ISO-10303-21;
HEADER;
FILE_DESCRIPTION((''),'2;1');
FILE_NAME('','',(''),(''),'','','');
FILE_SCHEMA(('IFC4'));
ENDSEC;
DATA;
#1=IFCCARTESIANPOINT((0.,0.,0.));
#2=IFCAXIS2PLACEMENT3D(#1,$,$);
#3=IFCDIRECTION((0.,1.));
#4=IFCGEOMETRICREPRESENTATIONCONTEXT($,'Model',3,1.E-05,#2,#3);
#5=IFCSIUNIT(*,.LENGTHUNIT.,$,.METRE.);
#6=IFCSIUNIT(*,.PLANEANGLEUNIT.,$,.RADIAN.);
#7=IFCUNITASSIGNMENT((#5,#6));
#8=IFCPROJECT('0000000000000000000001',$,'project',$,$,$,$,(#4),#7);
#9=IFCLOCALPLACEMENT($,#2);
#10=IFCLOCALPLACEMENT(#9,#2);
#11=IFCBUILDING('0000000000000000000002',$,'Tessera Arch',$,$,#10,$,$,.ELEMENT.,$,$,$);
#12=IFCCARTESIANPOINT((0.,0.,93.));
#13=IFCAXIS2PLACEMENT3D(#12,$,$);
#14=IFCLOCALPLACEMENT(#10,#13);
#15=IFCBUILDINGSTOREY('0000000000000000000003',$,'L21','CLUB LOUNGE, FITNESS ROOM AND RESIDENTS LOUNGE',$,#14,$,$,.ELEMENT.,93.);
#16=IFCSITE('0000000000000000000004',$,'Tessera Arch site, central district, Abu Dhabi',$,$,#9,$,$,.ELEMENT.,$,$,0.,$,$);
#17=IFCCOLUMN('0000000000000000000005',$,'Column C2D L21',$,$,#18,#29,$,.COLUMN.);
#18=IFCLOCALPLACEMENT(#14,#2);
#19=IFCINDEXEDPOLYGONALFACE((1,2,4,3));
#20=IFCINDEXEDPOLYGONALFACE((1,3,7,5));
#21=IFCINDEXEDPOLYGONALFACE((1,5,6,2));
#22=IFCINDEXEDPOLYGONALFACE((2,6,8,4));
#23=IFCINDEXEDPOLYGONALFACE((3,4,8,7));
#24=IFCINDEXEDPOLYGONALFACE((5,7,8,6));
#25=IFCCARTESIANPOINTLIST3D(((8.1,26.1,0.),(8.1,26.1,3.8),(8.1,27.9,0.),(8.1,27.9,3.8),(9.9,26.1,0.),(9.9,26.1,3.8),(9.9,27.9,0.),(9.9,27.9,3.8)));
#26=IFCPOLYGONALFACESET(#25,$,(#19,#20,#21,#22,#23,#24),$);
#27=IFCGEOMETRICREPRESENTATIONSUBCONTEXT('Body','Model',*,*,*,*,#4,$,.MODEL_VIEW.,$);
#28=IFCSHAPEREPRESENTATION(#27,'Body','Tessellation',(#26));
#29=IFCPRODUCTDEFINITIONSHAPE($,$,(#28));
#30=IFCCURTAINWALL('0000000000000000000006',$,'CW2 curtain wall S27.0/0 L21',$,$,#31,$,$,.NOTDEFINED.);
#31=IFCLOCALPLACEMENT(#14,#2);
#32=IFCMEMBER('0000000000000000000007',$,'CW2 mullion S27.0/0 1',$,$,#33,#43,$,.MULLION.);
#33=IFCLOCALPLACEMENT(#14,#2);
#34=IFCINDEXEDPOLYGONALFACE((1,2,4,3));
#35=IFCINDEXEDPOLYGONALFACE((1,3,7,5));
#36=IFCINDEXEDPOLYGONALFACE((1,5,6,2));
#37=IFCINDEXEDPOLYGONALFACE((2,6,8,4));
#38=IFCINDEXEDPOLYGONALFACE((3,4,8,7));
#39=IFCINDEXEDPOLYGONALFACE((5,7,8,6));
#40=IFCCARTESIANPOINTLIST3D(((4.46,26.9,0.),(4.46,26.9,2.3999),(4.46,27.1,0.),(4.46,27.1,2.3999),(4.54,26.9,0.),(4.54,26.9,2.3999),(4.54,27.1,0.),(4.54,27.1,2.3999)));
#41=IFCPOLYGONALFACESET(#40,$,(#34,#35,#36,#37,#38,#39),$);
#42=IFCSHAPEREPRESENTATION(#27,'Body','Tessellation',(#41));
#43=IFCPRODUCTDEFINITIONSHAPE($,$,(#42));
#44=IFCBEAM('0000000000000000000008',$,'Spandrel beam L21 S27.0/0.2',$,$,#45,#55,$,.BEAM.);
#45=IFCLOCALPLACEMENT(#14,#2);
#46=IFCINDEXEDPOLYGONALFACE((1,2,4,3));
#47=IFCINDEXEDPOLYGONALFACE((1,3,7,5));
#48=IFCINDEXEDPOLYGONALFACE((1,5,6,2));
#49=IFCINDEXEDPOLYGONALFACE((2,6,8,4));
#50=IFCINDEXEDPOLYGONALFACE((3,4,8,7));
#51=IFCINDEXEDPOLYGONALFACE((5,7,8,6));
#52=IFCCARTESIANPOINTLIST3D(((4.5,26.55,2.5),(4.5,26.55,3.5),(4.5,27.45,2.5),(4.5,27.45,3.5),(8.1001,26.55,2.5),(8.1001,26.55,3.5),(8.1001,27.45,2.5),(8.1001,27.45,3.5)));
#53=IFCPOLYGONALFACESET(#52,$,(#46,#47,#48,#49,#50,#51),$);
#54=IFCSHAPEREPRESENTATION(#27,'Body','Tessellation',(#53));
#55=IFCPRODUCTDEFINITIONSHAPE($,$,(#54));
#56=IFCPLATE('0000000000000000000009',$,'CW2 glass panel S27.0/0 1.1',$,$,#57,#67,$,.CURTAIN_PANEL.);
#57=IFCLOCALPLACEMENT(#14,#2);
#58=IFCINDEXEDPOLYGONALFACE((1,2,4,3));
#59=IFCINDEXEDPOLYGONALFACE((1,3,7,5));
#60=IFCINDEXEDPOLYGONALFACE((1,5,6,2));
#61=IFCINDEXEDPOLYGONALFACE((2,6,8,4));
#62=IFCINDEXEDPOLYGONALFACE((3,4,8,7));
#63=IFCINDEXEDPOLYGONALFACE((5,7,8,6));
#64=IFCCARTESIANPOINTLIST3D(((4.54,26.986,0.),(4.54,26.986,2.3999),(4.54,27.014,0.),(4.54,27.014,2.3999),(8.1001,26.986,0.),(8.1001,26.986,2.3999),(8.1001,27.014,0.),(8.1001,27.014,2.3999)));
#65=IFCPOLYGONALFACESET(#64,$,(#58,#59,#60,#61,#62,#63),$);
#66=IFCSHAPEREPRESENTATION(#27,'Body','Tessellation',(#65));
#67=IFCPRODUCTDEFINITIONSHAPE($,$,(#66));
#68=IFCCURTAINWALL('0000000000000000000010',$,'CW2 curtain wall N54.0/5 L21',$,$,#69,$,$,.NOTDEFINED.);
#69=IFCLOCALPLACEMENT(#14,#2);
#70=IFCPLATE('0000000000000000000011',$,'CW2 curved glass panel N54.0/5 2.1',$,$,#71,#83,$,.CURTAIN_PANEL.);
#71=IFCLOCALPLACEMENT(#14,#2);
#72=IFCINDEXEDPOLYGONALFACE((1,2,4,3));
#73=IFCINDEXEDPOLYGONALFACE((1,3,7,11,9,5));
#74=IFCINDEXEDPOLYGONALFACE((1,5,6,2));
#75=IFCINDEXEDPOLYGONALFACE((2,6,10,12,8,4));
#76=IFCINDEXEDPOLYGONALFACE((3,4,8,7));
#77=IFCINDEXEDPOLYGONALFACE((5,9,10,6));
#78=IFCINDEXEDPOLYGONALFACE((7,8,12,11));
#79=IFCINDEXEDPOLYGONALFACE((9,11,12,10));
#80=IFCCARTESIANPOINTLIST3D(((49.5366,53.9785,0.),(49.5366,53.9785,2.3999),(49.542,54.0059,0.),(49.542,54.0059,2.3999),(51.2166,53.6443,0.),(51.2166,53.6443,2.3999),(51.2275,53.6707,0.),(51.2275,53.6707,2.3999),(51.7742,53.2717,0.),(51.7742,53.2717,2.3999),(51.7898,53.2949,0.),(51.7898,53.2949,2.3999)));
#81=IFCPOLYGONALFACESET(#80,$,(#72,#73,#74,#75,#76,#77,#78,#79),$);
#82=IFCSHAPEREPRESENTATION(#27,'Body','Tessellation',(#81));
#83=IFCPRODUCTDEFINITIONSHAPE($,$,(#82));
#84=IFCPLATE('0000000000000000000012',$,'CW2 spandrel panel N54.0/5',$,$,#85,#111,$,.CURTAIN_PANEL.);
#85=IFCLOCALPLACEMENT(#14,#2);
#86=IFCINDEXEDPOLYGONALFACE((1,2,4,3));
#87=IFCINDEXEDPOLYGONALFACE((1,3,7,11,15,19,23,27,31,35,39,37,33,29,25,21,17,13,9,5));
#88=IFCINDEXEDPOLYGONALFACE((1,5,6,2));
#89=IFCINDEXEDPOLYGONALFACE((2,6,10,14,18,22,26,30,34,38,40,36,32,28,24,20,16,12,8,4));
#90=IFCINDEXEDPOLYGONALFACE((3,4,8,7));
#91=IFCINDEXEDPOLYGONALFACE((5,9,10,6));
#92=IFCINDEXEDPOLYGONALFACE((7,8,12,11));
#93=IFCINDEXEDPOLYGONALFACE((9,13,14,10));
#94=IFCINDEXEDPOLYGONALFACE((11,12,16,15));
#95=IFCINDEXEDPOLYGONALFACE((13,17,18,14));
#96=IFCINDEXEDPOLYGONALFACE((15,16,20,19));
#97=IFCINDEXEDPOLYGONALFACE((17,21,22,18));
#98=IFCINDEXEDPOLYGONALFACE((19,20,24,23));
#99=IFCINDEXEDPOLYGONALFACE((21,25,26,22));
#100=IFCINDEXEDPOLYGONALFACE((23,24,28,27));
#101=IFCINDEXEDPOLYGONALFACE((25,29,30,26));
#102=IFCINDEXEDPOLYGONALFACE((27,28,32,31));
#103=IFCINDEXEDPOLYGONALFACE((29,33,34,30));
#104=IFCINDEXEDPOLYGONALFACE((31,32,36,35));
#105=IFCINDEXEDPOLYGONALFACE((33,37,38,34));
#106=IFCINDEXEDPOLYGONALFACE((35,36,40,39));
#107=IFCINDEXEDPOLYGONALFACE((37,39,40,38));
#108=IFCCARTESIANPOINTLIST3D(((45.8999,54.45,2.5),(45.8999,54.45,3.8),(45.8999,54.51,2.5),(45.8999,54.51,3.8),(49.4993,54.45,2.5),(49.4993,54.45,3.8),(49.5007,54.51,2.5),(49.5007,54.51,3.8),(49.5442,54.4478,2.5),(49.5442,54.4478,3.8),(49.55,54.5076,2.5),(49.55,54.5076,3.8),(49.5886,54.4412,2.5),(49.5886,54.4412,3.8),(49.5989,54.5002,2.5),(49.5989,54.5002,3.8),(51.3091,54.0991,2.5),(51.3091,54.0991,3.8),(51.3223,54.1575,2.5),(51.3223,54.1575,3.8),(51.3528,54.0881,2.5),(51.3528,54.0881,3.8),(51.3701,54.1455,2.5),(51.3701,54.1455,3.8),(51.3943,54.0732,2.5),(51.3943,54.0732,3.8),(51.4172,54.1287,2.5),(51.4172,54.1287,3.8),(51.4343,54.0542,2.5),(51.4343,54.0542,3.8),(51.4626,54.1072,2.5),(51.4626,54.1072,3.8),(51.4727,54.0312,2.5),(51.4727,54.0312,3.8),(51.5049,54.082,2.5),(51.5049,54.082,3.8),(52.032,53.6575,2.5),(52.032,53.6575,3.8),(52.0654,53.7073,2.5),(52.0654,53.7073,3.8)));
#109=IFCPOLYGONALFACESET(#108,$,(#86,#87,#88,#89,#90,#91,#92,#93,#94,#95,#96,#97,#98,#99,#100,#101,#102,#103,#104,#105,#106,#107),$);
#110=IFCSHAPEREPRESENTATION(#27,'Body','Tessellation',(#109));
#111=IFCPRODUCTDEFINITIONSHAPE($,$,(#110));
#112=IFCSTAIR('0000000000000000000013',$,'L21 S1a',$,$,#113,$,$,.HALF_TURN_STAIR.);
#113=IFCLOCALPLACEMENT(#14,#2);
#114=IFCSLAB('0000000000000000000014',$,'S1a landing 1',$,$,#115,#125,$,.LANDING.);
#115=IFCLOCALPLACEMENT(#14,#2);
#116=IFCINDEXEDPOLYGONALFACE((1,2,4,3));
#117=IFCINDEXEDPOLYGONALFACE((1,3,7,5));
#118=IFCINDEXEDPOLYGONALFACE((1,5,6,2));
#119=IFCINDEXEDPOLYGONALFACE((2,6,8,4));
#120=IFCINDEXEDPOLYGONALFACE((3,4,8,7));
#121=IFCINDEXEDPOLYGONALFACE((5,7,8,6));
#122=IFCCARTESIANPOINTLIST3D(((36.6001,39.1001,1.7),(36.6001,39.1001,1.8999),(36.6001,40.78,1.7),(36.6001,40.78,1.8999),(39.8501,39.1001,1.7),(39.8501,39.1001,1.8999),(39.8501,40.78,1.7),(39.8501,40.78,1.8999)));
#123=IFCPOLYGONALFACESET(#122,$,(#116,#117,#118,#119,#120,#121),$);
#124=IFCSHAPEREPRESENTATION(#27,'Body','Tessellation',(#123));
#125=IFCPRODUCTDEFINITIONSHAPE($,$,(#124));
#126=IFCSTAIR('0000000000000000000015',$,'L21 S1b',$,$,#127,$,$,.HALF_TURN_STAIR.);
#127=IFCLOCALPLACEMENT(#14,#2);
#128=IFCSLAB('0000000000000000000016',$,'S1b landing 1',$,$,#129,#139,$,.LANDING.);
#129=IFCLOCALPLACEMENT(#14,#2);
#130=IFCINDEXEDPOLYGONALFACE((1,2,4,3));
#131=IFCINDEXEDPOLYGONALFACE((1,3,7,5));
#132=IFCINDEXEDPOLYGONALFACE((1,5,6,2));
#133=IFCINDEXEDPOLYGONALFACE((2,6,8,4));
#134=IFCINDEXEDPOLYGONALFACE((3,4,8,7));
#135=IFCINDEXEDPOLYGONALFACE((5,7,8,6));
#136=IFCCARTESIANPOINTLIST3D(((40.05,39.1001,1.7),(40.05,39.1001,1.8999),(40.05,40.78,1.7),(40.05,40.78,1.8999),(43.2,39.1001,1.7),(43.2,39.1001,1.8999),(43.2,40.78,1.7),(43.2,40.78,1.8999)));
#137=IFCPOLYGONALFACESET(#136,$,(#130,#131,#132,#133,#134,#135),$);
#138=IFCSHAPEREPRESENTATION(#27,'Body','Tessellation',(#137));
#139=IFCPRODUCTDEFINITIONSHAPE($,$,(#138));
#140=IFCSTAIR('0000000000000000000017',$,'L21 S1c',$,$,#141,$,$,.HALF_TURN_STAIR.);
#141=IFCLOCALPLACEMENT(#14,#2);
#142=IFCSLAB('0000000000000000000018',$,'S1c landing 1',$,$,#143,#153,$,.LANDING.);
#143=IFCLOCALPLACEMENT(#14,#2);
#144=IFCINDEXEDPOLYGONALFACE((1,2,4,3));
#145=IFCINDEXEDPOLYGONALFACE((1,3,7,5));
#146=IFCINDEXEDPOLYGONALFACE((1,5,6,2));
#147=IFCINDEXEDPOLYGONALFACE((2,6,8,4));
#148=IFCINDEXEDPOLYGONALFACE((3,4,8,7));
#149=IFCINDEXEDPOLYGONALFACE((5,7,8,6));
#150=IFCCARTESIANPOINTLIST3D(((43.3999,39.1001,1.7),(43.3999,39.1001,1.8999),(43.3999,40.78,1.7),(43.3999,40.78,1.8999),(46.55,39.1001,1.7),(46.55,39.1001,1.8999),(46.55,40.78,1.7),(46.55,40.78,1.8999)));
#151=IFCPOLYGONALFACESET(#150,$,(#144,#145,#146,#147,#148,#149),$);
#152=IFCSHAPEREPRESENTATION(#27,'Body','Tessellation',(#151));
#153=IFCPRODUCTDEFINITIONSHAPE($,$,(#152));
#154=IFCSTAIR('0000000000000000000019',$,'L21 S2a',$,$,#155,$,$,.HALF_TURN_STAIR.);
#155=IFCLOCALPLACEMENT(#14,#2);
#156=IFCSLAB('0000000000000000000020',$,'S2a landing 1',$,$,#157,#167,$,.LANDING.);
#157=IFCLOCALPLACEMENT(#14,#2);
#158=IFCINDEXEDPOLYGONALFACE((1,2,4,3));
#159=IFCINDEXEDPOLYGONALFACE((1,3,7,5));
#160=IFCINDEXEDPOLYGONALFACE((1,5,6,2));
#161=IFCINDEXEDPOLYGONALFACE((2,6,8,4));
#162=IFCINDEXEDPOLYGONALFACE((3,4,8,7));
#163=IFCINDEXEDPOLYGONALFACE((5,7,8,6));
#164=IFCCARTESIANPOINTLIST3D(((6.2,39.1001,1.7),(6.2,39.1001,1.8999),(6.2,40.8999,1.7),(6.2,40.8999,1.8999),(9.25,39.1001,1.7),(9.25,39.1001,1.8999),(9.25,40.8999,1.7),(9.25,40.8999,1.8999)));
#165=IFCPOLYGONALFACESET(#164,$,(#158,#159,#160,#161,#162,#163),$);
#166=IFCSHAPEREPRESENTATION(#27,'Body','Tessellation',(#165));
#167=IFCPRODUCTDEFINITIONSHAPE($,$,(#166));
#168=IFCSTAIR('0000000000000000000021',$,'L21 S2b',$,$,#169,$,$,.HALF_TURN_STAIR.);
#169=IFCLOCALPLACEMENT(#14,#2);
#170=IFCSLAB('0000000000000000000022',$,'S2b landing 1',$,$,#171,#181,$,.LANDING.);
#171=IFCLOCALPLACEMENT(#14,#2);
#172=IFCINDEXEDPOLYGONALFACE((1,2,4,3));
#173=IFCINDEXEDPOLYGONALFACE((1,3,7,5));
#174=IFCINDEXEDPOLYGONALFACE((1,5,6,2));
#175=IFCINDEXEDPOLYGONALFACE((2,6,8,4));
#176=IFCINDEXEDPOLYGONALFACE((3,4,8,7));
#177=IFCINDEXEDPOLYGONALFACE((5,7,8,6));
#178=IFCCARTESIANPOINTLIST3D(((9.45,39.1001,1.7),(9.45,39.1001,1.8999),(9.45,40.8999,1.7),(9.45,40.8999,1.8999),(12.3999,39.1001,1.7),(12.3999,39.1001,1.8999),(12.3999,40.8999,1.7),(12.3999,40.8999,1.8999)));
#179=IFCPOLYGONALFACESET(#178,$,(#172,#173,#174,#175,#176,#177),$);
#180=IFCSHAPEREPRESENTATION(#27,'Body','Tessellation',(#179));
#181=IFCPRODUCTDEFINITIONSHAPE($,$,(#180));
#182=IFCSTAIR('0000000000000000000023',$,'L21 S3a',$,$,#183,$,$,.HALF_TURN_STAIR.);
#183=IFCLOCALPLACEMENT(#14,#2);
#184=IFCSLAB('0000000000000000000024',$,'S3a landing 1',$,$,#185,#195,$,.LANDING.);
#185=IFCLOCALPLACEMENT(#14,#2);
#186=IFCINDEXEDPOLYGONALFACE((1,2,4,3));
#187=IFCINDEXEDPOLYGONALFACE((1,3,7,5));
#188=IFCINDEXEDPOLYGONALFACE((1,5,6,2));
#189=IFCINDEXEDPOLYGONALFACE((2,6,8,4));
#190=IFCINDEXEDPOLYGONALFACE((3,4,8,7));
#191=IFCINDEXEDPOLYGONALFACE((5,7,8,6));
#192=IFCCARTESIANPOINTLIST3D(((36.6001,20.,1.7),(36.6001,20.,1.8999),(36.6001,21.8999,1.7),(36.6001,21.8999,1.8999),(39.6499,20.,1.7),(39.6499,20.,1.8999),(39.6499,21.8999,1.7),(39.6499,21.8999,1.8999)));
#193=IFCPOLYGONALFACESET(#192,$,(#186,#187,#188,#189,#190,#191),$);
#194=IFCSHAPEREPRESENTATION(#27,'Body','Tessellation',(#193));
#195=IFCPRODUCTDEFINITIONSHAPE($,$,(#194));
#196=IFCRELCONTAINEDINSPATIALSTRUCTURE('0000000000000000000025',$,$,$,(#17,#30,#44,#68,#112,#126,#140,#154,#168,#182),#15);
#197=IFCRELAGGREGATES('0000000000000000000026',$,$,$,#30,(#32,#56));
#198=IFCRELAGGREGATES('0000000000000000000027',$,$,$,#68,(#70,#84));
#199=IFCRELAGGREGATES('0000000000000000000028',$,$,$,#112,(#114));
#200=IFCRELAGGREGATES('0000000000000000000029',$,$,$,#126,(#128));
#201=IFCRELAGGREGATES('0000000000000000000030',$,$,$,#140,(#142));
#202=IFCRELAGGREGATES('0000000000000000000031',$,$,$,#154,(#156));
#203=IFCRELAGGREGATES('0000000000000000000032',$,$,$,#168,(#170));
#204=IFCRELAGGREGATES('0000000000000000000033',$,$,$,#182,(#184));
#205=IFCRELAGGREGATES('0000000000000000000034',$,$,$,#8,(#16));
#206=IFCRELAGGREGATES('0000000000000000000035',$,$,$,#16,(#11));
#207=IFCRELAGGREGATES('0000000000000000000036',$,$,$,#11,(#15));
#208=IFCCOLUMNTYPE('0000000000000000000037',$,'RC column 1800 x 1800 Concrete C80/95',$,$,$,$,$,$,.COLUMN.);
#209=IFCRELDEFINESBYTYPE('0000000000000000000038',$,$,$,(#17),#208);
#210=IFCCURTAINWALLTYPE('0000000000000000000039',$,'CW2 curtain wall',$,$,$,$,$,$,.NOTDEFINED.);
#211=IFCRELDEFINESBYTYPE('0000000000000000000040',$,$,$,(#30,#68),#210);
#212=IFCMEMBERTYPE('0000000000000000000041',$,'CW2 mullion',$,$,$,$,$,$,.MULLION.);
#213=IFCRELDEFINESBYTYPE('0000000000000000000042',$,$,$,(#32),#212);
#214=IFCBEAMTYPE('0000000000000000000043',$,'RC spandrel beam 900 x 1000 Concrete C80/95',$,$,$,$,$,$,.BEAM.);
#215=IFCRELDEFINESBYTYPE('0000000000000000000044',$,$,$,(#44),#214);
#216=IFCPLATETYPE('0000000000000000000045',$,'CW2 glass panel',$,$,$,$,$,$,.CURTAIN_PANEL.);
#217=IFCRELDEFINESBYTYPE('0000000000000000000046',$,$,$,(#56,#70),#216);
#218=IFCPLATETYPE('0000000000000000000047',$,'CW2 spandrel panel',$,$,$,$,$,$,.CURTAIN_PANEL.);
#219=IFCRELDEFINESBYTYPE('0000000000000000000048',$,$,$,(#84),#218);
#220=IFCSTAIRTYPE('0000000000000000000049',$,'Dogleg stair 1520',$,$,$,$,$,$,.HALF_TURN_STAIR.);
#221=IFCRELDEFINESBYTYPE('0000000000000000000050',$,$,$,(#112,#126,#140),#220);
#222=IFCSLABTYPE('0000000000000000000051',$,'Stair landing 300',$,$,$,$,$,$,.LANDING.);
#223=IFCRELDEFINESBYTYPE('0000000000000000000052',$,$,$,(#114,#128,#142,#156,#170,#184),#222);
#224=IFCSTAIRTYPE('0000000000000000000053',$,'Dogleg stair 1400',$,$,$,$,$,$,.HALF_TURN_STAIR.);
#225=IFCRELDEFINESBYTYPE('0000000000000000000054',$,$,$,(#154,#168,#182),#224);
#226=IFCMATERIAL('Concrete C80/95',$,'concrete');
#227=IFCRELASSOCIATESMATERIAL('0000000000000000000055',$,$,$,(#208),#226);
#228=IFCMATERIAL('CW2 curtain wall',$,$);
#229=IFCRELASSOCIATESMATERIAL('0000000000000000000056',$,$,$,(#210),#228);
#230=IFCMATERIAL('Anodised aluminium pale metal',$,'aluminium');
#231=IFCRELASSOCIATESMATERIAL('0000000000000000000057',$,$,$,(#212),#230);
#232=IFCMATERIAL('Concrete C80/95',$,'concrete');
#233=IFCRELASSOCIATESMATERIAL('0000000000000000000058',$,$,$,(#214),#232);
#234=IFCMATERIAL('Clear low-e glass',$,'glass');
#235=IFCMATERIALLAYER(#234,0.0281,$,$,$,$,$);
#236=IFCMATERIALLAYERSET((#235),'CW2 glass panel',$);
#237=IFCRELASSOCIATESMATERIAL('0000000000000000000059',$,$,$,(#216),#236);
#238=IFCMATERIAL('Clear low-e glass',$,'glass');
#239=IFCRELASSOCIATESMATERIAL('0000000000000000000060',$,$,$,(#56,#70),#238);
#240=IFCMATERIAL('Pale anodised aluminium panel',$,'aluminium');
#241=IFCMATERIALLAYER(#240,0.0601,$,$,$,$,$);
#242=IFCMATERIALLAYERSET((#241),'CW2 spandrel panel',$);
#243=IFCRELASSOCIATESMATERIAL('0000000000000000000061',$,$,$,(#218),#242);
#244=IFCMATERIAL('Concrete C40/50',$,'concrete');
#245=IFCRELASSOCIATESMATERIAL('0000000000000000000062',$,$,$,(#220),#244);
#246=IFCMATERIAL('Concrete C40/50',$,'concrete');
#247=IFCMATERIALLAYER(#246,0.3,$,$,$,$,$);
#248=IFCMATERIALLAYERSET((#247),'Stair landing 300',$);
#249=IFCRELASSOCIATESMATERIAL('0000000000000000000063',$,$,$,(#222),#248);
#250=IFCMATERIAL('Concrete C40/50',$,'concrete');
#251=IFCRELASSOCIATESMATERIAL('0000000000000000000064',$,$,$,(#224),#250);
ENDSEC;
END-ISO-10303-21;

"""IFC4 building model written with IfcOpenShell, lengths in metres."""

from ifc_helpers import new_model, si_unit, direction, frame, origin, origin_2d, place, context, subcontext, project, spatial, polyline, rectangle, outline, extrude, material, layer, layer_set, material_profile, profile_set, type_object, element, aggregate, save


model = new_model("IFC4")

# Units and contexts
model_context = context("Model", 3, precision=1e-05, world=origin(), true_north=direction((0.0, 1.0)))
body_context = subcontext(model_context, "Body", "Model", "MODEL_VIEW")
ifc_project = project(units=[si_unit("LENGTHUNIT", "METRE"), si_unit("PLANEANGLEUNIT", "RADIAN")], contexts=[model_context])

# Site, building, storey
site_placement = place(None, origin())
site = spatial("IfcSite", under=ifc_project, at=site_placement, Name="Tessera Arch site, central district, Abu Dhabi", CompositionType="ELEMENT", RefElevation=0.0)
building_placement = place(site_placement, origin())
building = spatial("IfcBuilding", under=site, at=building_placement, Name="Tessera Arch", CompositionType="ELEMENT")
storey_placement = place(building_placement, frame((0.0, 0.0, 93.0)))
storey = spatial("IfcBuildingStorey", under=building, at=storey_placement, Name="L21", Description="CLUB LOUNGE, FITNESS ROOM AND RESIDENTS LOUNGE", CompositionType="ELEMENT", Elevation=93.0)

# Column
ifc_material_1 = material(Name="Concrete C80/95", Category="concrete")
ifc_material_profile_1 = material_profile(ifc_material_1, rectangle(XDim=1.8, YDim=1.8, at=origin_2d()), Name="RC column 1800 x 1800 Concrete C80/95")
ifc_profile_set_1 = profile_set([ifc_material_profile_1], Name="Concrete C80/95")
column_type = type_object("IfcColumnType", Name="RC column 1800 x 1800 Concrete C80/95", PredefinedType="COLUMN", material=ifc_profile_set_1)
column_placement = place(storey_placement, frame((9.0, 27.0, 0.0), z_axis=(0.0, 0.0, 1.0), x_axis=(1.0, 0.0, 0.0)))
element("IfcColumn", 1, at=column_placement, inside=storey, type_object=column_type, Name="Column C2D L21", PredefinedType="COLUMN", context=body_context, shape_type="SweptSolid", body=[
    extrude(rectangle(XDim=1.8, YDim=1.8, at=origin_2d()), origin(), (0.0, 0.0, 1.0), 3.8),
])

# Curtain wall, member
ifc_material_2 = material(Name="CW2 curtain wall")
curtain_wall_type = type_object("IfcCurtainWallType", Name="CW2 curtain wall", PredefinedType="NOTDEFINED", material=ifc_material_2)
curtain_wall_1_placement = place(storey_placement, origin())
curtain_wall_1 = element("IfcCurtainWall", 2, at=curtain_wall_1_placement, inside=storey, type_object=curtain_wall_type, Name="CW2 curtain wall S27.0/0 L21", PredefinedType="NOTDEFINED")
ifc_material_3 = material(Name="Anodised aluminium pale metal", Category="aluminium")
ifc_material_profile_2 = material_profile(ifc_material_3, rectangle(XDim=0.2, YDim=0.0801, at=origin_2d()), Name="AL 80x200")
ifc_profile_set_2 = profile_set([ifc_material_profile_2], Name="Anodised aluminium pale metal")
member_type = type_object("IfcMemberType", Name="CW2 mullion", PredefinedType="MULLION", material=ifc_profile_set_2)
member_placement = place(storey_placement, frame((4.5, 27.0, 0.0), z_axis=(0.0, 0.0, 1.0), x_axis=(0.0, 1.0, 0.0)))
member = element("IfcMember", 3, at=member_placement, type_object=member_type, Name="CW2 mullion S27.0/0 1", PredefinedType="MULLION", context=body_context, shape_type="SweptSolid", body=[
    extrude(rectangle(XDim=0.2, YDim=0.0801, at=origin_2d()), origin(), (0.0, 0.0, 1.0), 2.3999),
])

# Beam
ifc_material_4 = material(Name="Concrete C80/95", Category="concrete")
ifc_material_profile_3 = material_profile(ifc_material_4, rectangle(XDim=0.8999, YDim=1.0, at=origin_2d()), Name="RC spandrel beam 900 x 1000 Concrete C80/95")
ifc_profile_set_3 = profile_set([ifc_material_profile_3], Name="Concrete C80/95")
beam_type = type_object("IfcBeamType", Name="RC spandrel beam 900 x 1000 Concrete C80/95", PredefinedType="BEAM", material=ifc_profile_set_3)
beam_placement = place(storey_placement, frame((4.5, 27.0, 3.0), z_axis=(1.0, 0.0, 0.0), x_axis=(0.0, 1.0, 0.0)))
element("IfcBeam", 4, at=beam_placement, inside=storey, type_object=beam_type, Name="Spandrel beam L21 S27.0/0.2", PredefinedType="BEAM", context=body_context, shape_type="SweptSolid", body=[
    extrude(rectangle(XDim=0.8999, YDim=1.0, at=origin_2d()), origin(), (0.0, 0.0, 1.0), 3.6001),
])

# Plate
ifc_material_5 = material(Name="Clear low-e glass", Category="glass")
ifc_material_6 = material(Name="Clear low-e glass", Category="glass")
ifc_layer_1 = layer(ifc_material_6, 0.0281)
ifc_layer_set_1 = layer_set([ifc_layer_1], Name="CW2 glass panel")
plate_type_1 = type_object("IfcPlateType", Name="CW2 glass panel", PredefinedType="CURTAIN_PANEL", material=ifc_layer_set_1)
plate_1_placement = place(storey_placement, frame((6.3201, 27.0, 0.0), z_axis=(0.0, 0.0, 1.0), x_axis=(1.0, 0.0, 0.0)))
plate_1 = element("IfcPlate", 5, at=plate_1_placement, type_object=plate_type_1, material=ifc_material_5, Name="CW2 glass panel S27.0/0 1.1", PredefinedType="CURTAIN_PANEL", context=body_context, shape_type="SweptSolid", body=[
    extrude(rectangle(XDim=3.5601, YDim=0.0281, at=origin_2d()), origin(), (0.0, 0.0, 1.0), 2.3999),
])
aggregate(curtain_wall_1, [member, plate_1])

# Curtain wall, plates
curtain_wall_2_placement = place(storey_placement, origin())
curtain_wall_2 = element("IfcCurtainWall", 6, at=curtain_wall_2_placement, inside=storey, type_object=curtain_wall_type, Name="CW2 curtain wall N54.0/5 L21", PredefinedType="NOTDEFINED")
plate_2_placement = place(storey_placement, origin())
plate_2 = element("IfcPlate", 7, at=plate_2_placement, type_object=plate_type_1, material=ifc_material_5, Name="CW2 curved glass panel N54.0/5 2.1", PredefinedType="CURTAIN_PANEL", context=body_context, shape_type="SweptSolid", body=[
    extrude(outline(polyline([(51.2166, 53.6443), (51.7742, 53.2717), (51.7898, 53.2949), (51.2275, 53.6707), (49.542, 54.0059), (49.5366, 53.9785), (51.2166, 53.6443)])), origin(), (0.0, 0.0, 1.0), 2.3999),
])
ifc_material_7 = material(Name="Pale anodised aluminium panel", Category="aluminium")
ifc_layer_2 = layer(ifc_material_7, 0.0601)
ifc_layer_set_2 = layer_set([ifc_layer_2], Name="CW2 spandrel panel")
plate_type_2 = type_object("IfcPlateType", Name="CW2 spandrel panel", PredefinedType="CURTAIN_PANEL", material=ifc_layer_set_2)
plate_3_placement = place(storey_placement, frame((0.0, 0.0, 2.5)))
plate_3 = element("IfcPlate", 8, at=plate_3_placement, type_object=plate_type_2, Name="CW2 spandrel panel N54.0/5", PredefinedType="CURTAIN_PANEL", context=body_context, shape_type="SweptSolid", body=[
    extrude(outline(polyline([(51.4727, 54.0312), (52.032, 53.6575), (52.0654, 53.7073), (51.5049, 54.082), (51.4626, 54.1072), (51.4172, 54.1287), (51.3701, 54.1455), (51.3223, 54.1575), (49.5989, 54.5002), (49.55, 54.5076), (49.5007, 54.51), (45.8999, 54.51), (45.8999, 54.45), (49.4993, 54.45), (49.5442, 54.4478), (49.5886, 54.4412), (51.3091, 54.0991), (51.3528, 54.0881), (51.3943, 54.0732), (51.4343, 54.0542), (51.4727, 54.0312)])), origin(), (0.0, 0.0, 1.0), 1.3),
])
aggregate(curtain_wall_2, [plate_2, plate_3])

# Stairs, slabs
ifc_material_8 = material(Name="Concrete C40/50", Category="concrete")
stair_type_1 = type_object("IfcStairType", Name="Dogleg stair 1520", PredefinedType="HALF_TURN_STAIR", material=ifc_material_8)
stair_1_placement = place(storey_placement, origin())
stair_1 = element("IfcStair", 9, at=stair_1_placement, inside=storey, type_object=stair_type_1, Name="L21 S1a", PredefinedType="HALF_TURN_STAIR")
ifc_material_9 = material(Name="Concrete C40/50", Category="concrete")
ifc_layer_3 = layer(ifc_material_9, 0.3)
ifc_layer_set_3 = layer_set([ifc_layer_3], Name="Stair landing 300")
slab_type = type_object("IfcSlabType", Name="Stair landing 300", PredefinedType="LANDING", material=ifc_layer_set_3)
slab_1_placement = place(storey_placement, frame((0.0, 0.0, 1.7)))
slab_1 = element("IfcSlab", 10, at=slab_1_placement, type_object=slab_type, Name="S1a landing 1", PredefinedType="LANDING", context=body_context, shape_type="SweptSolid", body=[
    extrude(outline(polyline([(36.6001, 40.78), (36.6001, 39.1001), (39.8501, 39.1001), (39.8501, 40.78), (36.6001, 40.78)])), origin(), (0.0, 0.0, 1.0), 0.2),
])
aggregate(stair_1, [slab_1])
stair_2_placement = place(storey_placement, origin())
stair_2 = element("IfcStair", 11, at=stair_2_placement, inside=storey, type_object=stair_type_1, Name="L21 S1b", PredefinedType="HALF_TURN_STAIR")
slab_2_placement = place(storey_placement, frame((0.0, 0.0, 1.7)))
slab_2 = element("IfcSlab", 12, at=slab_2_placement, type_object=slab_type, Name="S1b landing 1", PredefinedType="LANDING", context=body_context, shape_type="SweptSolid", body=[
    extrude(outline(polyline([(40.05, 40.78), (40.05, 39.1001), (43.2, 39.1001), (43.2, 40.78), (40.05, 40.78)])), origin(), (0.0, 0.0, 1.0), 0.2),
])
aggregate(stair_2, [slab_2])
stair_3_placement = place(storey_placement, origin())
stair_3 = element("IfcStair", 13, at=stair_3_placement, inside=storey, type_object=stair_type_1, Name="L21 S1c", PredefinedType="HALF_TURN_STAIR")
slab_3_placement = place(storey_placement, frame((0.0, 0.0, 1.7)))
slab_3 = element("IfcSlab", 14, at=slab_3_placement, type_object=slab_type, Name="S1c landing 1", PredefinedType="LANDING", context=body_context, shape_type="SweptSolid", body=[
    extrude(outline(polyline([(43.3999, 40.78), (43.3999, 39.1001), (46.55, 39.1001), (46.55, 40.78), (43.3999, 40.78)])), origin(), (0.0, 0.0, 1.0), 0.2),
])
aggregate(stair_3, [slab_3])
ifc_material_10 = material(Name="Concrete C40/50", Category="concrete")
stair_type_2 = type_object("IfcStairType", Name="Dogleg stair 1400", PredefinedType="HALF_TURN_STAIR", material=ifc_material_10)
stair_4_placement = place(storey_placement, origin())
stair_4 = element("IfcStair", 15, at=stair_4_placement, inside=storey, type_object=stair_type_2, Name="L21 S2a", PredefinedType="HALF_TURN_STAIR")
slab_4_placement = place(storey_placement, frame((0.0, 0.0, 1.7)))
slab_4 = element("IfcSlab", 16, at=slab_4_placement, type_object=slab_type, Name="S2a landing 1", PredefinedType="LANDING", context=body_context, shape_type="SweptSolid", body=[
    extrude(outline(polyline([(6.2, 40.8999), (6.2, 39.1001), (9.25, 39.1001), (9.25, 40.8999), (6.2, 40.8999)])), origin(), (0.0, 0.0, 1.0), 0.2),
])
aggregate(stair_4, [slab_4])
stair_5_placement = place(storey_placement, origin())
stair_5 = element("IfcStair", 17, at=stair_5_placement, inside=storey, type_object=stair_type_2, Name="L21 S2b", PredefinedType="HALF_TURN_STAIR")
slab_5_placement = place(storey_placement, frame((0.0, 0.0, 1.7)))
slab_5 = element("IfcSlab", 18, at=slab_5_placement, type_object=slab_type, Name="S2b landing 1", PredefinedType="LANDING", context=body_context, shape_type="SweptSolid", body=[
    extrude(outline(polyline([(9.45, 40.8999), (9.45, 39.1001), (12.3999, 39.1001), (12.3999, 40.8999), (9.45, 40.8999)])), origin(), (0.0, 0.0, 1.0), 0.2),
])
aggregate(stair_5, [slab_5])
stair_6_placement = place(storey_placement, origin())
stair_6 = element("IfcStair", 19, at=stair_6_placement, inside=storey, type_object=stair_type_2, Name="L21 S3a", PredefinedType="HALF_TURN_STAIR")
slab_6_placement = place(storey_placement, frame((0.0, 0.0, 1.7)))
slab_6 = element("IfcSlab", 20, at=slab_6_placement, type_object=slab_type, Name="S3a landing 1", PredefinedType="LANDING", context=body_context, shape_type="SweptSolid", body=[
    extrude(outline(polyline([(39.6499, 20.0), (39.6499, 21.8999), (36.6001, 21.8999), (36.6001, 20.0), (39.6499, 20.0)])), origin(), (0.0, 0.0, 1.0), 0.2),
])
aggregate(stair_6, [slab_6])

save(model, "model.ifc")
